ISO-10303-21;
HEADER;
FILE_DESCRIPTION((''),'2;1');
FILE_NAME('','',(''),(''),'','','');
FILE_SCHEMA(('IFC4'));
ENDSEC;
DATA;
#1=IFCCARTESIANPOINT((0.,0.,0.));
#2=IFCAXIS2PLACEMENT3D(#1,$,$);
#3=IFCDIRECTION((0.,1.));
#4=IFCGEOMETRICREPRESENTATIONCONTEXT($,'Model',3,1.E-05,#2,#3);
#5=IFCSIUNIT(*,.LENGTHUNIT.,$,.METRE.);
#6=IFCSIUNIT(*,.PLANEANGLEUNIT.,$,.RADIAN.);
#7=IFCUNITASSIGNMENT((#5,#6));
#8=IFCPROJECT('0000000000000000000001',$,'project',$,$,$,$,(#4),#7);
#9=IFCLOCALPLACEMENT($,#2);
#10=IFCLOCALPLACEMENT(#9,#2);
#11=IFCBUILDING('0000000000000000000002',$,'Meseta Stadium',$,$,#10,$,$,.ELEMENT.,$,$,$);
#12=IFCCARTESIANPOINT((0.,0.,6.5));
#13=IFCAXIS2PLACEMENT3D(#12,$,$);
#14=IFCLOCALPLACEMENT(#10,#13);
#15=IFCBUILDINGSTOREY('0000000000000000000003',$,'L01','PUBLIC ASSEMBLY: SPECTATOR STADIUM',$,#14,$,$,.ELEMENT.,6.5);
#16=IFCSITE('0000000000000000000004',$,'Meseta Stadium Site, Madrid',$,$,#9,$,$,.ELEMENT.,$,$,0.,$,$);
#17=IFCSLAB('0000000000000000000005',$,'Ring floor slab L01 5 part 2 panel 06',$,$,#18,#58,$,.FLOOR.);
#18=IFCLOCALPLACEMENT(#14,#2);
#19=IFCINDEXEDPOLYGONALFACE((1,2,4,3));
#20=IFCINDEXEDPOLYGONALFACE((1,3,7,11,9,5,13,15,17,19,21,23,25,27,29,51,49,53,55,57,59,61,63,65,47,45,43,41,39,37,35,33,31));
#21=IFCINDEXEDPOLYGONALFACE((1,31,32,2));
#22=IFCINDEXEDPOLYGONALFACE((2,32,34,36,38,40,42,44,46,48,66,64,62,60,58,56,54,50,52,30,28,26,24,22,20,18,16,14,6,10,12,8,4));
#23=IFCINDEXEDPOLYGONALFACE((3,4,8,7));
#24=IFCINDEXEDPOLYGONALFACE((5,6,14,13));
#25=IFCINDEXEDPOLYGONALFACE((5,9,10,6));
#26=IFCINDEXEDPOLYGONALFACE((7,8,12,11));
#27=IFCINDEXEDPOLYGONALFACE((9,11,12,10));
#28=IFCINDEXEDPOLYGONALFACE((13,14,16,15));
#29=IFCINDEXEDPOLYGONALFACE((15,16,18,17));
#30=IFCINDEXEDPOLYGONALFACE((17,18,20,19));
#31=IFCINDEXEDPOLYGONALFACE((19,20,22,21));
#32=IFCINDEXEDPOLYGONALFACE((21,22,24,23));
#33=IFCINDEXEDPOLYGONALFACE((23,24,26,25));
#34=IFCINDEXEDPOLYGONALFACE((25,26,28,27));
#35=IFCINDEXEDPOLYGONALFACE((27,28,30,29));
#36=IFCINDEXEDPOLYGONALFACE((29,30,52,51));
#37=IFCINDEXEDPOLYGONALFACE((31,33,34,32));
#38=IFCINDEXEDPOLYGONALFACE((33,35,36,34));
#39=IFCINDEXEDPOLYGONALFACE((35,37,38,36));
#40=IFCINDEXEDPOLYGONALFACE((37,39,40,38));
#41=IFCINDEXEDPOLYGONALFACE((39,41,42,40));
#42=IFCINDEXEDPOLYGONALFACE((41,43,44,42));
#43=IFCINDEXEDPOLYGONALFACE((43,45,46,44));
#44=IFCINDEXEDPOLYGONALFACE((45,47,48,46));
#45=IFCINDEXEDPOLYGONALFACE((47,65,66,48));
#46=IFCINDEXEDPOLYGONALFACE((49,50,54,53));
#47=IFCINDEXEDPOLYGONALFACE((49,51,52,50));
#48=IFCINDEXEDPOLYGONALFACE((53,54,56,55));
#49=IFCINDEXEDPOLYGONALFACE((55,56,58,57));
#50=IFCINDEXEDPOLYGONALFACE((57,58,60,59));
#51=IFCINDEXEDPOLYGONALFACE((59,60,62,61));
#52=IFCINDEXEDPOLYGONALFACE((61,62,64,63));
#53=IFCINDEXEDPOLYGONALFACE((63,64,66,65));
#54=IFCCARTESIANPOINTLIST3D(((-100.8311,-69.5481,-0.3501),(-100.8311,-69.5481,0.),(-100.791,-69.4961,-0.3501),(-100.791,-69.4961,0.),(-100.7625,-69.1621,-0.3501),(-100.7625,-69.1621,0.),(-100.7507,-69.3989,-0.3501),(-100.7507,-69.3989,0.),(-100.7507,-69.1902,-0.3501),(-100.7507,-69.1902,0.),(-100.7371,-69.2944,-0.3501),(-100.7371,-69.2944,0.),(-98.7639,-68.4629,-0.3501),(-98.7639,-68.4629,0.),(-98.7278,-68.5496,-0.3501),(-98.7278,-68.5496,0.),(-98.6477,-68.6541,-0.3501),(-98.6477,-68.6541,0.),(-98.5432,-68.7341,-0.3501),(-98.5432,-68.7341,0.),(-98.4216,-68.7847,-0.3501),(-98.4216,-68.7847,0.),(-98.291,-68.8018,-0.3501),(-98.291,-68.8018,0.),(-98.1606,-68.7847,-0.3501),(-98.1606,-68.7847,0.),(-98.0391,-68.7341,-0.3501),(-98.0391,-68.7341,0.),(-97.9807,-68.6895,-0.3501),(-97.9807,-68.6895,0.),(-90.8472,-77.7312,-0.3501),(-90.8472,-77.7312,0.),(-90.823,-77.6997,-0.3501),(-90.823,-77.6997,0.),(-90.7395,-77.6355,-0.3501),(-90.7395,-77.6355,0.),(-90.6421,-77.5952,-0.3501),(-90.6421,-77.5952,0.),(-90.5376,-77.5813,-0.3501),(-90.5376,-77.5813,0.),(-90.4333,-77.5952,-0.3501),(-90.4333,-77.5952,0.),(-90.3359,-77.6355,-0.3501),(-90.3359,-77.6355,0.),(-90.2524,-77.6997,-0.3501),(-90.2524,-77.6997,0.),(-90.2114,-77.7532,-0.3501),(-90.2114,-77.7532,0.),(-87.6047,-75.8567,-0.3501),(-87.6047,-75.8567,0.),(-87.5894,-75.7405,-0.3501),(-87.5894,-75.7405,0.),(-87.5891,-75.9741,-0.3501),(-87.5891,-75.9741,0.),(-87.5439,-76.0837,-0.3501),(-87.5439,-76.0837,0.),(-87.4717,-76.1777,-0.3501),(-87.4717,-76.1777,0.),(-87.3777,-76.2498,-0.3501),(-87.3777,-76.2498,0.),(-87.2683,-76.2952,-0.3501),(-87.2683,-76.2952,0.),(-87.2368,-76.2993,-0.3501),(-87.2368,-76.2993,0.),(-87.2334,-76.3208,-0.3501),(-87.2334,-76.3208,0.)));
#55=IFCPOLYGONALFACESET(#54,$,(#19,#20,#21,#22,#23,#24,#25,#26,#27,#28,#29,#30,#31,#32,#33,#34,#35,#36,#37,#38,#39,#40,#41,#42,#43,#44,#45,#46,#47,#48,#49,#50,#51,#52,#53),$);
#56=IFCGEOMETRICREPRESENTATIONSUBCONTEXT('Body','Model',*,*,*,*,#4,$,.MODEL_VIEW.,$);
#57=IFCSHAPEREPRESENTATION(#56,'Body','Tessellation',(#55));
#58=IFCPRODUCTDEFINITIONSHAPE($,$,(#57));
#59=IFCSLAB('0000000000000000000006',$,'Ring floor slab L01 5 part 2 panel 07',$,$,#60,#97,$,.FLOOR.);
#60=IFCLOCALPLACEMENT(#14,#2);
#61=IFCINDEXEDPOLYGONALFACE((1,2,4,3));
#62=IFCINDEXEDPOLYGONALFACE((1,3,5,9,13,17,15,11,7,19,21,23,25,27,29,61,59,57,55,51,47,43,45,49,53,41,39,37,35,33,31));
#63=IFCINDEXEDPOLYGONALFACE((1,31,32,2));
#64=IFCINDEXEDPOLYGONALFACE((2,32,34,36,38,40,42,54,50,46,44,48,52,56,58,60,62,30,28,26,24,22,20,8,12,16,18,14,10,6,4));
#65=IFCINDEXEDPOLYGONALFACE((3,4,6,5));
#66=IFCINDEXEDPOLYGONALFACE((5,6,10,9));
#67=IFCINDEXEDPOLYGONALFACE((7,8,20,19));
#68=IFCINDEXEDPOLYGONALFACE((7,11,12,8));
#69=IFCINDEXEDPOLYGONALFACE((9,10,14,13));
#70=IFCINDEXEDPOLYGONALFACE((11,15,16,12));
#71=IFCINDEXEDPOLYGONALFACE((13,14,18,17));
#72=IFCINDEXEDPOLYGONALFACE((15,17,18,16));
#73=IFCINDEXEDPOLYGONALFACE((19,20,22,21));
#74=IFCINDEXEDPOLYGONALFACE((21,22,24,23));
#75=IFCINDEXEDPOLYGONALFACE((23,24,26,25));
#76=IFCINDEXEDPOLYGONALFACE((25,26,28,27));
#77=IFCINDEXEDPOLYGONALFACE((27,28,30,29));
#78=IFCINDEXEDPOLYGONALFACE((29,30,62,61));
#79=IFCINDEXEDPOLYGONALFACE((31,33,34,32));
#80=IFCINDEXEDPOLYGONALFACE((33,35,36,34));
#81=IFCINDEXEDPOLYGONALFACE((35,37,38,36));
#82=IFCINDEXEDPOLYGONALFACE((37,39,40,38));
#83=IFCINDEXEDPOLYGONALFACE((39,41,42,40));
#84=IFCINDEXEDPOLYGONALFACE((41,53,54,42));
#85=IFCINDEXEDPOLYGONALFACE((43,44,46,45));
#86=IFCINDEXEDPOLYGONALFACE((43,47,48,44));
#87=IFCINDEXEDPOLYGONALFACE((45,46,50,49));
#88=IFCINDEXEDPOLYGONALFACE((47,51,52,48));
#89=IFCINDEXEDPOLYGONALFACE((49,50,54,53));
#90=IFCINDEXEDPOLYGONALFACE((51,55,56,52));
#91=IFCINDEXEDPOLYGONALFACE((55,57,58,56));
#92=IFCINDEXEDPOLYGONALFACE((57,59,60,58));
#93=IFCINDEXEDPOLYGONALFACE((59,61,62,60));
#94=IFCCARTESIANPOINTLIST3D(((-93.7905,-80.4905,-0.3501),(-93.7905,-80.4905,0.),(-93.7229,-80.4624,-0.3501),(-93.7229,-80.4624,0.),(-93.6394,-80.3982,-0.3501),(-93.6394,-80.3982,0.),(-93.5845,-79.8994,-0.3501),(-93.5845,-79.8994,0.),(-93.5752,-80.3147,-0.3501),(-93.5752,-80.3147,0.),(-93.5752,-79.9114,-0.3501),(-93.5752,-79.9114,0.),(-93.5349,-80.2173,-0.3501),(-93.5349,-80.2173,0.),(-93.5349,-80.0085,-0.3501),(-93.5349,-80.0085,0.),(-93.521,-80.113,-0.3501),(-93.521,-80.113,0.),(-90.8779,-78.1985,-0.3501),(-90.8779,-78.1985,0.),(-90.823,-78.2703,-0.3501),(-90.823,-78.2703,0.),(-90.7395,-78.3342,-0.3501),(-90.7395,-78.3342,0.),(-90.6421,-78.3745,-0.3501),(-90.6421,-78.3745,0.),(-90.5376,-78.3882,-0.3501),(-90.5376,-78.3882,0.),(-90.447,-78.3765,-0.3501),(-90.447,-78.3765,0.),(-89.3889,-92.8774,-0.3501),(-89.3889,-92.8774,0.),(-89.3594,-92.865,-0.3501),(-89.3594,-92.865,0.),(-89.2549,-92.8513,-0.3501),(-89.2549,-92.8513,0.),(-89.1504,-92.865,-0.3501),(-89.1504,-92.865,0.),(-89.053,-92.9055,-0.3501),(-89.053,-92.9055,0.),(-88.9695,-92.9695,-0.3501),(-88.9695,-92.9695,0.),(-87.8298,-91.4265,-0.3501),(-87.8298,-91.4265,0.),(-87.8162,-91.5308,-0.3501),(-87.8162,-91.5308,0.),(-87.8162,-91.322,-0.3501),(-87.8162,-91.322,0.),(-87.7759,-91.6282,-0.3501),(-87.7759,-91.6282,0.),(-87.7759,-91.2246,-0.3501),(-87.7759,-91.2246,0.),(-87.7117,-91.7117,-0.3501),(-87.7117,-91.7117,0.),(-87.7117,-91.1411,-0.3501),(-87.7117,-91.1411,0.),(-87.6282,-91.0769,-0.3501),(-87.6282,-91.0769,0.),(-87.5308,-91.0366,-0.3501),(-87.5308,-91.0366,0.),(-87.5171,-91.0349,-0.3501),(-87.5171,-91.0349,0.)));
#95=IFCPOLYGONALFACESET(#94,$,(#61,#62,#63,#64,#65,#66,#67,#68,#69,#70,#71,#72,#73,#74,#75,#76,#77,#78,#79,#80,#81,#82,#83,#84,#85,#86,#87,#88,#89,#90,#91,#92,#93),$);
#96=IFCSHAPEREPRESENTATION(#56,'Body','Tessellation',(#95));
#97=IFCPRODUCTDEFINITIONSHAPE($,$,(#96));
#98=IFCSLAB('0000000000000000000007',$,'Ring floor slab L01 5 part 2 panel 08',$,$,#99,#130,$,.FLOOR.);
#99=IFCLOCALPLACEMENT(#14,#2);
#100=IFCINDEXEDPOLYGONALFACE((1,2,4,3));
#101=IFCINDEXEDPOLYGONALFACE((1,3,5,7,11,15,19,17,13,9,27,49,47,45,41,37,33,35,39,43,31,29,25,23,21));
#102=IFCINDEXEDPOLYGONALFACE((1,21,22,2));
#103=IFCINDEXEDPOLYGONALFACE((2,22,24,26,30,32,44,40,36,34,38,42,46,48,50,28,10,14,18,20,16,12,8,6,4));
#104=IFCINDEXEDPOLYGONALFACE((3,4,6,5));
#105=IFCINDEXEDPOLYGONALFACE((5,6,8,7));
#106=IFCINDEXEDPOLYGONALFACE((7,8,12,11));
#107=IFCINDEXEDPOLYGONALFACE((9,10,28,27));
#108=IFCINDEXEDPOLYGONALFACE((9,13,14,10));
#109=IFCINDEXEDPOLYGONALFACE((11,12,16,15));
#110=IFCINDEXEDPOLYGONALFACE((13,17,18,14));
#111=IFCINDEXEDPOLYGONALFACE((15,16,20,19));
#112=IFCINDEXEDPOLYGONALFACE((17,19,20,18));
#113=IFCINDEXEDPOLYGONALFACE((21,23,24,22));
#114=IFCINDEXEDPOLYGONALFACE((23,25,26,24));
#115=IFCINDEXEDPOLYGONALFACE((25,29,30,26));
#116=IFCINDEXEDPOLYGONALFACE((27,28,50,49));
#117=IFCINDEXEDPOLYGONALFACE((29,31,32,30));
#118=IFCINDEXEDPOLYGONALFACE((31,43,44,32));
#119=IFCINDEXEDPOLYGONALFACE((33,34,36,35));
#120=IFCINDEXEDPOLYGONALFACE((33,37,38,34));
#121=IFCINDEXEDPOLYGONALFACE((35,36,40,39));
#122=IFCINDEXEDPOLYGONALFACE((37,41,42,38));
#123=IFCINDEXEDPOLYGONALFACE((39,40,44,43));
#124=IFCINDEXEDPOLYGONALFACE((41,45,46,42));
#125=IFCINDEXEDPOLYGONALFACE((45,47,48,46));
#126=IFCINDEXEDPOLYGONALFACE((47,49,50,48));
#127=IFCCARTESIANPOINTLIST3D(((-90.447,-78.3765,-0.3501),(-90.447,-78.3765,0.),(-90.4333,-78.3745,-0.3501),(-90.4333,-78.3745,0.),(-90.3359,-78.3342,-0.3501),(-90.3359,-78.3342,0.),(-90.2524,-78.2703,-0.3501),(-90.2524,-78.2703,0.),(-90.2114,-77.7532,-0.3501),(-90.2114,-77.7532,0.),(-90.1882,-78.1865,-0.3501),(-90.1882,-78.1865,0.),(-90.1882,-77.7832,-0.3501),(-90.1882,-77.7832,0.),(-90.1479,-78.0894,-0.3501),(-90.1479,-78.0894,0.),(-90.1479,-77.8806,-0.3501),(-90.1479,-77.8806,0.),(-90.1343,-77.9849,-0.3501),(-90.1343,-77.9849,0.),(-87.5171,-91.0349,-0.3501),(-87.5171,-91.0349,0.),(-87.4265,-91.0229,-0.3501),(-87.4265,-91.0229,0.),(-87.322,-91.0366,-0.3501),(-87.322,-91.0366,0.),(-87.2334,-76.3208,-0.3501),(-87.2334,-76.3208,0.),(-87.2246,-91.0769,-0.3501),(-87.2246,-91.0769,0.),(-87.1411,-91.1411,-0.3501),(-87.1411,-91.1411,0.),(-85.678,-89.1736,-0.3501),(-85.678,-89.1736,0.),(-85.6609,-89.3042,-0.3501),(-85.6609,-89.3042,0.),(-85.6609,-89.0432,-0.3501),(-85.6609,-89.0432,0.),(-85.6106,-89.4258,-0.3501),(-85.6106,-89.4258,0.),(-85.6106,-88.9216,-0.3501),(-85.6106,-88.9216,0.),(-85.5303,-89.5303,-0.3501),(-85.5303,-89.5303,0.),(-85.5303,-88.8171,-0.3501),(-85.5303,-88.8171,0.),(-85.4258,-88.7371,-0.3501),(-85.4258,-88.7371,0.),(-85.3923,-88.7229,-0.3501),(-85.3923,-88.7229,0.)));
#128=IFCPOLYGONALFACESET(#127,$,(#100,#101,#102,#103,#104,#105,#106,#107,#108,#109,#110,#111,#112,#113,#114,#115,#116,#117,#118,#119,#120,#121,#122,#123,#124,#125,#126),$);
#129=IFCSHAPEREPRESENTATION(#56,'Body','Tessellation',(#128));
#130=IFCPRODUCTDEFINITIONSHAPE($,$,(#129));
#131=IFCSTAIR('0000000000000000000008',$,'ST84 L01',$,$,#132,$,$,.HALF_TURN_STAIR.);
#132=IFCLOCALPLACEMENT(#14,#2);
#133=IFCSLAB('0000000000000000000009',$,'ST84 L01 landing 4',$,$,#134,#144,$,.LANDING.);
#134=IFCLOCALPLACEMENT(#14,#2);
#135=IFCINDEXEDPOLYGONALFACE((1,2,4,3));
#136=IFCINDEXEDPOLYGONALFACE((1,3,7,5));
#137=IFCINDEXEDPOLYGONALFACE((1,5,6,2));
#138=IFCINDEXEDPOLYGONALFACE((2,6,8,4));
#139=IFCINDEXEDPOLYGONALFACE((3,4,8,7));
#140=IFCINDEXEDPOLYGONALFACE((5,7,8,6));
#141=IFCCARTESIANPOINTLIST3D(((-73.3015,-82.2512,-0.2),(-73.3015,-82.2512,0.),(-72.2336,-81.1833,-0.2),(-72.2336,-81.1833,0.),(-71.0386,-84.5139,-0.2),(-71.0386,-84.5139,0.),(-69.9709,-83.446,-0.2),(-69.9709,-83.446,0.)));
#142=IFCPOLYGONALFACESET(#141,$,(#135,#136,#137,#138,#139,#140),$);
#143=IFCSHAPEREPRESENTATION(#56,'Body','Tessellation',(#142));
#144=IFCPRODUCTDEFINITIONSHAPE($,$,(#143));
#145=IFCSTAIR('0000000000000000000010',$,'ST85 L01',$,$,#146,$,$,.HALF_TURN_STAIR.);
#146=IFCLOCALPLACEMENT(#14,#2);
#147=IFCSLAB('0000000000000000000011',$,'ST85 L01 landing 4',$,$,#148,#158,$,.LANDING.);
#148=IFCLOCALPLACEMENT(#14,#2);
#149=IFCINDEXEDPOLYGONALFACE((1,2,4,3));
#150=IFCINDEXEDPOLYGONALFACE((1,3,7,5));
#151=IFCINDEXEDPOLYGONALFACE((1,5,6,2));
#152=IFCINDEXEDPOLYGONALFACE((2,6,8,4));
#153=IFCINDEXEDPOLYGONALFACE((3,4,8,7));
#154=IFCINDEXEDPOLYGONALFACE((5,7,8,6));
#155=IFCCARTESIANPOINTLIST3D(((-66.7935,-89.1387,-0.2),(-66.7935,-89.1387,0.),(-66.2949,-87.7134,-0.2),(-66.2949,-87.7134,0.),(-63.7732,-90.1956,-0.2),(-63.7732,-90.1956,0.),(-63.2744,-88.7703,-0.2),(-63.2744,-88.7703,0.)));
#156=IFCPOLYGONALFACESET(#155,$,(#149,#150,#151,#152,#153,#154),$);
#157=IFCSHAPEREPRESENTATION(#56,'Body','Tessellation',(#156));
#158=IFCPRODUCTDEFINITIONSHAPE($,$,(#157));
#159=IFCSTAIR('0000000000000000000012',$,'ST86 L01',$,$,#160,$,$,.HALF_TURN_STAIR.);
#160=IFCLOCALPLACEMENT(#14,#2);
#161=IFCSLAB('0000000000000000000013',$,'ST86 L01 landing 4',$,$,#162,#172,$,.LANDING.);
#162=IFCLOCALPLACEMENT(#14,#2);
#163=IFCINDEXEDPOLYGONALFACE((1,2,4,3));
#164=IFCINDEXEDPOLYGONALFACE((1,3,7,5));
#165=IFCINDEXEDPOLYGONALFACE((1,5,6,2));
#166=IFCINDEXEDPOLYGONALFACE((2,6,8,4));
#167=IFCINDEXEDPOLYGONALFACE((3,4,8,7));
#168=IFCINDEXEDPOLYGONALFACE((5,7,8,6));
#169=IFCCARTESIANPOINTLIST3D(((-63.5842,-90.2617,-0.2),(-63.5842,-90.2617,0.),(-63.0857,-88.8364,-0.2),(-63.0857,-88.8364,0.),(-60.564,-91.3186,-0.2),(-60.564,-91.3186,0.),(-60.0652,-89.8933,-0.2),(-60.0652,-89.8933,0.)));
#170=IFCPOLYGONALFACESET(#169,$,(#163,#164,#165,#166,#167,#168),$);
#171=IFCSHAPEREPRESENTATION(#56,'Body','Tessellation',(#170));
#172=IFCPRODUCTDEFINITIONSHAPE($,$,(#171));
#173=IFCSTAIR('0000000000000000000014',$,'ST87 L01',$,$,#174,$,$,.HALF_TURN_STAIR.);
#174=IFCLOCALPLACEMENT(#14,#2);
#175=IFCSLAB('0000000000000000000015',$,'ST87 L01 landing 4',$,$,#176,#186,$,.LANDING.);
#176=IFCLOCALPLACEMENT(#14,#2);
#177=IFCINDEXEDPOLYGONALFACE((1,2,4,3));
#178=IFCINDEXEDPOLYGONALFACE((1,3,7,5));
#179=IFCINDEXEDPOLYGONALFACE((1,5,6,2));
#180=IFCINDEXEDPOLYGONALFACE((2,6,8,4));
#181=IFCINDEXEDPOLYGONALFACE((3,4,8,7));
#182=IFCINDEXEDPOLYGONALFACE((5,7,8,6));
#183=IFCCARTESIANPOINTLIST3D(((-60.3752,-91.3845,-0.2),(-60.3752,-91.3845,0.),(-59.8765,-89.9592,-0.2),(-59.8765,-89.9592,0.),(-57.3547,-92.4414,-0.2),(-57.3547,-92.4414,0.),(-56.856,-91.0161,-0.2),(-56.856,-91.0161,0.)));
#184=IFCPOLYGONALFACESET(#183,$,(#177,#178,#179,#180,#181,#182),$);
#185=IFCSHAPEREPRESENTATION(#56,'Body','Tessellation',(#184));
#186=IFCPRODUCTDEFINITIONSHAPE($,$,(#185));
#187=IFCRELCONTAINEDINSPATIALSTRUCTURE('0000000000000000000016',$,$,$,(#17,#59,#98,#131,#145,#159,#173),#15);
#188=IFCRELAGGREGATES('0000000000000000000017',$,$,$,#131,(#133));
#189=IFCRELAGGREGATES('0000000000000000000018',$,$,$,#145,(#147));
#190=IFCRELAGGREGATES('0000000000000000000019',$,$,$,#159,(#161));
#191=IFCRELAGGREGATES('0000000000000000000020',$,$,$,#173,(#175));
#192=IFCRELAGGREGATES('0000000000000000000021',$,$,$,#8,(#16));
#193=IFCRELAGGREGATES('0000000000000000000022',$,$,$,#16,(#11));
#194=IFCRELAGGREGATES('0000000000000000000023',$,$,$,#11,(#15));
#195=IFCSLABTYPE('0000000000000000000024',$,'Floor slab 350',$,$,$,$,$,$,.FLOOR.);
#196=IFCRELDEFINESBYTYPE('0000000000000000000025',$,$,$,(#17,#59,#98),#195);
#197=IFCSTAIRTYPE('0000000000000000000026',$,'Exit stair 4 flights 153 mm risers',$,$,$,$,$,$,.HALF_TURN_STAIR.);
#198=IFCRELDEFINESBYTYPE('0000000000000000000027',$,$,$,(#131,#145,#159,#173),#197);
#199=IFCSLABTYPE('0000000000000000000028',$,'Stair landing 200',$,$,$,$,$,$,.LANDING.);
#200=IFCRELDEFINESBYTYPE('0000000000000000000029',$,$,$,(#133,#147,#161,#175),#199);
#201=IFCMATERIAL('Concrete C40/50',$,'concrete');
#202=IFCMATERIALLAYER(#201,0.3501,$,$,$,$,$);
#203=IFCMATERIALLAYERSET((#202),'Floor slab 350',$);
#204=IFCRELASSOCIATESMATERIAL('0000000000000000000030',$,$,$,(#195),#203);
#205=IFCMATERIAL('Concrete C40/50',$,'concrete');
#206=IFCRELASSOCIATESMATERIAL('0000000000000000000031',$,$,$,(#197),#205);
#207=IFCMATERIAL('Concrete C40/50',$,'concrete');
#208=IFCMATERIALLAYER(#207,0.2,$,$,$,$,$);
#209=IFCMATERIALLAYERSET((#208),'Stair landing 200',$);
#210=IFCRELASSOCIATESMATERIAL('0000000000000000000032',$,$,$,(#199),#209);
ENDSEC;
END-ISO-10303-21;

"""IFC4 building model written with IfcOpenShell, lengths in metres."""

from ifc_helpers import new_model, si_unit, direction, frame, origin, place, context, subcontext, project, spatial, polyline, outline, extrude, material, layer, layer_set, type_object, element, aggregate, save


model = new_model("IFC4")

# Units and contexts
model_context = context("Model", 3, precision=1e-05, world=origin(), true_north=direction((0.0, 1.0)))
body_context = subcontext(model_context, "Body", "Model", "MODEL_VIEW")
ifc_project = project(units=[si_unit("LENGTHUNIT", "METRE"), si_unit("PLANEANGLEUNIT", "RADIAN")], contexts=[model_context])

# Site, building, storey
site_placement = place(None, origin())
site = spatial("IfcSite", under=ifc_project, at=site_placement, Name="Meseta Stadium Site, Madrid", CompositionType="ELEMENT", RefElevation=0.0)
building_placement = place(site_placement, origin())
building = spatial("IfcBuilding", under=site, at=building_placement, Name="Meseta Stadium", CompositionType="ELEMENT")
storey_placement = place(building_placement, frame((0.0, 0.0, 6.5)))
storey = spatial("IfcBuildingStorey", under=building, at=storey_placement, Name="L01", Description="PUBLIC ASSEMBLY: SPECTATOR STADIUM", CompositionType="ELEMENT", Elevation=6.5)

# Slabs
ifc_material_1 = material(Name="Concrete C40/50", Category="concrete")
ifc_layer_1 = layer(ifc_material_1, 0.3501)
ifc_layer_set_1 = layer_set([ifc_layer_1], Name="Floor slab 350")
slab_type_1 = type_object("IfcSlabType", Name="Floor slab 350", PredefinedType="FLOOR", material=ifc_layer_set_1)
slab_1_placement = place(storey_placement, frame((0.0, 0.0, -0.3501)))
element("IfcSlab", 1, at=slab_1_placement, inside=storey, type_object=slab_type_1, Name="Ring floor slab L01 5 part 2 panel 06", PredefinedType="FLOOR", context=body_context, shape_type="SweptSolid", body=[
    extrude(outline(polyline([(-98.4216, -68.7847), (-98.5432, -68.7341), (-98.6477, -68.6541), (-98.7278, -68.5496), (-98.7639, -68.4629), (-100.7625, -69.1621), (-100.7507, -69.1902), (-100.7371, -69.2944), (-100.7507, -69.3989), (-100.791, -69.4961), (-100.8311, -69.5481), (-90.8472, -77.7312), (-90.823, -77.6997), (-90.7395, -77.6355), (-90.6421, -77.5952), (-90.5376, -77.5813), (-90.4333, -77.5952), (-90.3359, -77.6355), (-90.2524, -77.6997), (-90.2114, -77.7532), (-87.2334, -76.3208), (-87.2368, -76.2993), (-87.2683, -76.2952), (-87.3777, -76.2498), (-87.4717, -76.1777), (-87.5439, -76.0837), (-87.5891, -75.9741), (-87.6047, -75.8567), (-87.5894, -75.7405), (-97.9807, -68.6895), (-98.0391, -68.7341), (-98.1606, -68.7847), (-98.291, -68.8018), (-98.4216, -68.7847)])), origin(), (0.0, 0.0, 1.0), 0.3501),
])
slab_2_placement = place(storey_placement, frame((0.0, 0.0, -0.3501)))
element("IfcSlab", 2, at=slab_2_placement, inside=storey, type_object=slab_type_1, Name="Ring floor slab L01 5 part 2 panel 07", PredefinedType="FLOOR", context=body_context, shape_type="SweptSolid", body=[
    extrude(outline(polyline([(-90.5376, -78.3882), (-90.6421, -78.3745), (-90.7395, -78.3342), (-90.823, -78.2703), (-90.8779, -78.1985), (-93.5845, -79.8994), (-93.5752, -79.9114), (-93.5349, -80.0085), (-93.521, -80.113), (-93.5349, -80.2173), (-93.5752, -80.3147), (-93.6394, -80.3982), (-93.7229, -80.4624), (-93.7905, -80.4905), (-89.3889, -92.8774), (-89.3594, -92.865), (-89.2549, -92.8513), (-89.1504, -92.865), (-89.053, -92.9055), (-88.9695, -92.9695), (-87.7117, -91.7117), (-87.7759, -91.6282), (-87.8162, -91.5308), (-87.8298, -91.4265), (-87.8162, -91.322), (-87.7759, -91.2246), (-87.7117, -91.1411), (-87.6282, -91.0769), (-87.5308, -91.0366), (-87.5171, -91.0349), (-90.447, -78.3765), (-90.5376, -78.3882)])), origin(), (0.0, 0.0, 1.0), 0.3501),
])
slab_3_placement = place(storey_placement, frame((0.0, 0.0, -0.3501)))
element("IfcSlab", 3, at=slab_3_placement, inside=storey, type_object=slab_type_1, Name="Ring floor slab L01 5 part 2 panel 08", PredefinedType="FLOOR", context=body_context, shape_type="SweptSolid", body=[
    extrude(outline(polyline([(-87.2334, -76.3208), (-90.2114, -77.7532), (-90.1882, -77.7832), (-90.1479, -77.8806), (-90.1343, -77.9849), (-90.1479, -78.0894), (-90.1882, -78.1865), (-90.2524, -78.2703), (-90.3359, -78.3342), (-90.4333, -78.3745), (-90.447, -78.3765), (-87.5171, -91.0349), (-87.4265, -91.0229), (-87.322, -91.0366), (-87.2246, -91.0769), (-87.1411, -91.1411), (-85.5303, -89.5303), (-85.6106, -89.4258), (-85.6609, -89.3042), (-85.678, -89.1736), (-85.6609, -89.0432), (-85.6106, -88.9216), (-85.5303, -88.8171), (-85.4258, -88.7371), (-85.3923, -88.7229), (-87.2334, -76.3208)])), origin(), (0.0, 0.0, 1.0), 0.3501),
])

# Stairs, slabs
ifc_material_2 = material(Name="Concrete C40/50", Category="concrete")
stair_type = type_object("IfcStairType", Name="Exit stair 4 flights 153 mm risers", PredefinedType="HALF_TURN_STAIR", material=ifc_material_2)
stair_1_placement = place(storey_placement, origin())
stair_1 = element("IfcStair", 4, at=stair_1_placement, inside=storey, type_object=stair_type, Name="ST84 L01", PredefinedType="HALF_TURN_STAIR")
ifc_material_3 = material(Name="Concrete C40/50", Category="concrete")
ifc_layer_2 = layer(ifc_material_3, 0.2)
ifc_layer_set_2 = layer_set([ifc_layer_2], Name="Stair landing 200")
slab_type_2 = type_object("IfcSlabType", Name="Stair landing 200", PredefinedType="LANDING", material=ifc_layer_set_2)
slab_4_placement = place(storey_placement, frame((0.0, 0.0, -0.2)))
slab_4 = element("IfcSlab", 5, at=slab_4_placement, type_object=slab_type_2, Name="ST84 L01 landing 4", PredefinedType="LANDING", context=body_context, shape_type="SweptSolid", body=[
    extrude(outline(polyline([(-72.2336, -81.1833), (-73.3015, -82.2512), (-71.0386, -84.5139), (-69.9709, -83.446), (-72.2336, -81.1833)])), origin(), (0.0, 0.0, 1.0), 0.2),
])
aggregate(stair_1, [slab_4])
stair_2_placement = place(storey_placement, origin())
stair_2 = element("IfcStair", 6, at=stair_2_placement, inside=storey, type_object=stair_type, Name="ST85 L01", PredefinedType="HALF_TURN_STAIR")
slab_5_placement = place(storey_placement, frame((0.0, 0.0, -0.2)))
slab_5 = element("IfcSlab", 7, at=slab_5_placement, type_object=slab_type_2, Name="ST85 L01 landing 4", PredefinedType="LANDING", context=body_context, shape_type="SweptSolid", body=[
    extrude(outline(polyline([(-66.2949, -87.7134), (-66.7935, -89.1387), (-63.7732, -90.1956), (-63.2744, -88.7703), (-66.2949, -87.7134)])), origin(), (0.0, 0.0, 1.0), 0.2),
])
aggregate(stair_2, [slab_5])
stair_3_placement = place(storey_placement, origin())
stair_3 = element("IfcStair", 8, at=stair_3_placement, inside=storey, type_object=stair_type, Name="ST86 L01", PredefinedType="HALF_TURN_STAIR")
slab_6_placement = place(storey_placement, frame((0.0, 0.0, -0.2)))
slab_6 = element("IfcSlab", 9, at=slab_6_placement, type_object=slab_type_2, Name="ST86 L01 landing 4", PredefinedType="LANDING", context=body_context, shape_type="SweptSolid", body=[
    extrude(outline(polyline([(-63.0857, -88.8364), (-63.5842, -90.2617), (-60.564, -91.3186), (-60.0652, -89.8933), (-63.0857, -88.8364)])), origin(), (0.0, 0.0, 1.0), 0.2),
])
aggregate(stair_3, [slab_6])
stair_4_placement = place(storey_placement, origin())
stair_4 = element("IfcStair", 10, at=stair_4_placement, inside=storey, type_object=stair_type, Name="ST87 L01", PredefinedType="HALF_TURN_STAIR")
slab_7_placement = place(storey_placement, frame((0.0, 0.0, -0.2)))
slab_7 = element("IfcSlab", 11, at=slab_7_placement, type_object=slab_type_2, Name="ST87 L01 landing 4", PredefinedType="LANDING", context=body_context, shape_type="SweptSolid", body=[
    extrude(outline(polyline([(-59.8765, -89.9592), (-60.3752, -91.3845), (-57.3547, -92.4414), (-56.856, -91.0161), (-59.8765, -89.9592)])), origin(), (0.0, 0.0, 1.0), 0.2),
])
aggregate(stair_4, [slab_7])

save(model, "model.ifc")
